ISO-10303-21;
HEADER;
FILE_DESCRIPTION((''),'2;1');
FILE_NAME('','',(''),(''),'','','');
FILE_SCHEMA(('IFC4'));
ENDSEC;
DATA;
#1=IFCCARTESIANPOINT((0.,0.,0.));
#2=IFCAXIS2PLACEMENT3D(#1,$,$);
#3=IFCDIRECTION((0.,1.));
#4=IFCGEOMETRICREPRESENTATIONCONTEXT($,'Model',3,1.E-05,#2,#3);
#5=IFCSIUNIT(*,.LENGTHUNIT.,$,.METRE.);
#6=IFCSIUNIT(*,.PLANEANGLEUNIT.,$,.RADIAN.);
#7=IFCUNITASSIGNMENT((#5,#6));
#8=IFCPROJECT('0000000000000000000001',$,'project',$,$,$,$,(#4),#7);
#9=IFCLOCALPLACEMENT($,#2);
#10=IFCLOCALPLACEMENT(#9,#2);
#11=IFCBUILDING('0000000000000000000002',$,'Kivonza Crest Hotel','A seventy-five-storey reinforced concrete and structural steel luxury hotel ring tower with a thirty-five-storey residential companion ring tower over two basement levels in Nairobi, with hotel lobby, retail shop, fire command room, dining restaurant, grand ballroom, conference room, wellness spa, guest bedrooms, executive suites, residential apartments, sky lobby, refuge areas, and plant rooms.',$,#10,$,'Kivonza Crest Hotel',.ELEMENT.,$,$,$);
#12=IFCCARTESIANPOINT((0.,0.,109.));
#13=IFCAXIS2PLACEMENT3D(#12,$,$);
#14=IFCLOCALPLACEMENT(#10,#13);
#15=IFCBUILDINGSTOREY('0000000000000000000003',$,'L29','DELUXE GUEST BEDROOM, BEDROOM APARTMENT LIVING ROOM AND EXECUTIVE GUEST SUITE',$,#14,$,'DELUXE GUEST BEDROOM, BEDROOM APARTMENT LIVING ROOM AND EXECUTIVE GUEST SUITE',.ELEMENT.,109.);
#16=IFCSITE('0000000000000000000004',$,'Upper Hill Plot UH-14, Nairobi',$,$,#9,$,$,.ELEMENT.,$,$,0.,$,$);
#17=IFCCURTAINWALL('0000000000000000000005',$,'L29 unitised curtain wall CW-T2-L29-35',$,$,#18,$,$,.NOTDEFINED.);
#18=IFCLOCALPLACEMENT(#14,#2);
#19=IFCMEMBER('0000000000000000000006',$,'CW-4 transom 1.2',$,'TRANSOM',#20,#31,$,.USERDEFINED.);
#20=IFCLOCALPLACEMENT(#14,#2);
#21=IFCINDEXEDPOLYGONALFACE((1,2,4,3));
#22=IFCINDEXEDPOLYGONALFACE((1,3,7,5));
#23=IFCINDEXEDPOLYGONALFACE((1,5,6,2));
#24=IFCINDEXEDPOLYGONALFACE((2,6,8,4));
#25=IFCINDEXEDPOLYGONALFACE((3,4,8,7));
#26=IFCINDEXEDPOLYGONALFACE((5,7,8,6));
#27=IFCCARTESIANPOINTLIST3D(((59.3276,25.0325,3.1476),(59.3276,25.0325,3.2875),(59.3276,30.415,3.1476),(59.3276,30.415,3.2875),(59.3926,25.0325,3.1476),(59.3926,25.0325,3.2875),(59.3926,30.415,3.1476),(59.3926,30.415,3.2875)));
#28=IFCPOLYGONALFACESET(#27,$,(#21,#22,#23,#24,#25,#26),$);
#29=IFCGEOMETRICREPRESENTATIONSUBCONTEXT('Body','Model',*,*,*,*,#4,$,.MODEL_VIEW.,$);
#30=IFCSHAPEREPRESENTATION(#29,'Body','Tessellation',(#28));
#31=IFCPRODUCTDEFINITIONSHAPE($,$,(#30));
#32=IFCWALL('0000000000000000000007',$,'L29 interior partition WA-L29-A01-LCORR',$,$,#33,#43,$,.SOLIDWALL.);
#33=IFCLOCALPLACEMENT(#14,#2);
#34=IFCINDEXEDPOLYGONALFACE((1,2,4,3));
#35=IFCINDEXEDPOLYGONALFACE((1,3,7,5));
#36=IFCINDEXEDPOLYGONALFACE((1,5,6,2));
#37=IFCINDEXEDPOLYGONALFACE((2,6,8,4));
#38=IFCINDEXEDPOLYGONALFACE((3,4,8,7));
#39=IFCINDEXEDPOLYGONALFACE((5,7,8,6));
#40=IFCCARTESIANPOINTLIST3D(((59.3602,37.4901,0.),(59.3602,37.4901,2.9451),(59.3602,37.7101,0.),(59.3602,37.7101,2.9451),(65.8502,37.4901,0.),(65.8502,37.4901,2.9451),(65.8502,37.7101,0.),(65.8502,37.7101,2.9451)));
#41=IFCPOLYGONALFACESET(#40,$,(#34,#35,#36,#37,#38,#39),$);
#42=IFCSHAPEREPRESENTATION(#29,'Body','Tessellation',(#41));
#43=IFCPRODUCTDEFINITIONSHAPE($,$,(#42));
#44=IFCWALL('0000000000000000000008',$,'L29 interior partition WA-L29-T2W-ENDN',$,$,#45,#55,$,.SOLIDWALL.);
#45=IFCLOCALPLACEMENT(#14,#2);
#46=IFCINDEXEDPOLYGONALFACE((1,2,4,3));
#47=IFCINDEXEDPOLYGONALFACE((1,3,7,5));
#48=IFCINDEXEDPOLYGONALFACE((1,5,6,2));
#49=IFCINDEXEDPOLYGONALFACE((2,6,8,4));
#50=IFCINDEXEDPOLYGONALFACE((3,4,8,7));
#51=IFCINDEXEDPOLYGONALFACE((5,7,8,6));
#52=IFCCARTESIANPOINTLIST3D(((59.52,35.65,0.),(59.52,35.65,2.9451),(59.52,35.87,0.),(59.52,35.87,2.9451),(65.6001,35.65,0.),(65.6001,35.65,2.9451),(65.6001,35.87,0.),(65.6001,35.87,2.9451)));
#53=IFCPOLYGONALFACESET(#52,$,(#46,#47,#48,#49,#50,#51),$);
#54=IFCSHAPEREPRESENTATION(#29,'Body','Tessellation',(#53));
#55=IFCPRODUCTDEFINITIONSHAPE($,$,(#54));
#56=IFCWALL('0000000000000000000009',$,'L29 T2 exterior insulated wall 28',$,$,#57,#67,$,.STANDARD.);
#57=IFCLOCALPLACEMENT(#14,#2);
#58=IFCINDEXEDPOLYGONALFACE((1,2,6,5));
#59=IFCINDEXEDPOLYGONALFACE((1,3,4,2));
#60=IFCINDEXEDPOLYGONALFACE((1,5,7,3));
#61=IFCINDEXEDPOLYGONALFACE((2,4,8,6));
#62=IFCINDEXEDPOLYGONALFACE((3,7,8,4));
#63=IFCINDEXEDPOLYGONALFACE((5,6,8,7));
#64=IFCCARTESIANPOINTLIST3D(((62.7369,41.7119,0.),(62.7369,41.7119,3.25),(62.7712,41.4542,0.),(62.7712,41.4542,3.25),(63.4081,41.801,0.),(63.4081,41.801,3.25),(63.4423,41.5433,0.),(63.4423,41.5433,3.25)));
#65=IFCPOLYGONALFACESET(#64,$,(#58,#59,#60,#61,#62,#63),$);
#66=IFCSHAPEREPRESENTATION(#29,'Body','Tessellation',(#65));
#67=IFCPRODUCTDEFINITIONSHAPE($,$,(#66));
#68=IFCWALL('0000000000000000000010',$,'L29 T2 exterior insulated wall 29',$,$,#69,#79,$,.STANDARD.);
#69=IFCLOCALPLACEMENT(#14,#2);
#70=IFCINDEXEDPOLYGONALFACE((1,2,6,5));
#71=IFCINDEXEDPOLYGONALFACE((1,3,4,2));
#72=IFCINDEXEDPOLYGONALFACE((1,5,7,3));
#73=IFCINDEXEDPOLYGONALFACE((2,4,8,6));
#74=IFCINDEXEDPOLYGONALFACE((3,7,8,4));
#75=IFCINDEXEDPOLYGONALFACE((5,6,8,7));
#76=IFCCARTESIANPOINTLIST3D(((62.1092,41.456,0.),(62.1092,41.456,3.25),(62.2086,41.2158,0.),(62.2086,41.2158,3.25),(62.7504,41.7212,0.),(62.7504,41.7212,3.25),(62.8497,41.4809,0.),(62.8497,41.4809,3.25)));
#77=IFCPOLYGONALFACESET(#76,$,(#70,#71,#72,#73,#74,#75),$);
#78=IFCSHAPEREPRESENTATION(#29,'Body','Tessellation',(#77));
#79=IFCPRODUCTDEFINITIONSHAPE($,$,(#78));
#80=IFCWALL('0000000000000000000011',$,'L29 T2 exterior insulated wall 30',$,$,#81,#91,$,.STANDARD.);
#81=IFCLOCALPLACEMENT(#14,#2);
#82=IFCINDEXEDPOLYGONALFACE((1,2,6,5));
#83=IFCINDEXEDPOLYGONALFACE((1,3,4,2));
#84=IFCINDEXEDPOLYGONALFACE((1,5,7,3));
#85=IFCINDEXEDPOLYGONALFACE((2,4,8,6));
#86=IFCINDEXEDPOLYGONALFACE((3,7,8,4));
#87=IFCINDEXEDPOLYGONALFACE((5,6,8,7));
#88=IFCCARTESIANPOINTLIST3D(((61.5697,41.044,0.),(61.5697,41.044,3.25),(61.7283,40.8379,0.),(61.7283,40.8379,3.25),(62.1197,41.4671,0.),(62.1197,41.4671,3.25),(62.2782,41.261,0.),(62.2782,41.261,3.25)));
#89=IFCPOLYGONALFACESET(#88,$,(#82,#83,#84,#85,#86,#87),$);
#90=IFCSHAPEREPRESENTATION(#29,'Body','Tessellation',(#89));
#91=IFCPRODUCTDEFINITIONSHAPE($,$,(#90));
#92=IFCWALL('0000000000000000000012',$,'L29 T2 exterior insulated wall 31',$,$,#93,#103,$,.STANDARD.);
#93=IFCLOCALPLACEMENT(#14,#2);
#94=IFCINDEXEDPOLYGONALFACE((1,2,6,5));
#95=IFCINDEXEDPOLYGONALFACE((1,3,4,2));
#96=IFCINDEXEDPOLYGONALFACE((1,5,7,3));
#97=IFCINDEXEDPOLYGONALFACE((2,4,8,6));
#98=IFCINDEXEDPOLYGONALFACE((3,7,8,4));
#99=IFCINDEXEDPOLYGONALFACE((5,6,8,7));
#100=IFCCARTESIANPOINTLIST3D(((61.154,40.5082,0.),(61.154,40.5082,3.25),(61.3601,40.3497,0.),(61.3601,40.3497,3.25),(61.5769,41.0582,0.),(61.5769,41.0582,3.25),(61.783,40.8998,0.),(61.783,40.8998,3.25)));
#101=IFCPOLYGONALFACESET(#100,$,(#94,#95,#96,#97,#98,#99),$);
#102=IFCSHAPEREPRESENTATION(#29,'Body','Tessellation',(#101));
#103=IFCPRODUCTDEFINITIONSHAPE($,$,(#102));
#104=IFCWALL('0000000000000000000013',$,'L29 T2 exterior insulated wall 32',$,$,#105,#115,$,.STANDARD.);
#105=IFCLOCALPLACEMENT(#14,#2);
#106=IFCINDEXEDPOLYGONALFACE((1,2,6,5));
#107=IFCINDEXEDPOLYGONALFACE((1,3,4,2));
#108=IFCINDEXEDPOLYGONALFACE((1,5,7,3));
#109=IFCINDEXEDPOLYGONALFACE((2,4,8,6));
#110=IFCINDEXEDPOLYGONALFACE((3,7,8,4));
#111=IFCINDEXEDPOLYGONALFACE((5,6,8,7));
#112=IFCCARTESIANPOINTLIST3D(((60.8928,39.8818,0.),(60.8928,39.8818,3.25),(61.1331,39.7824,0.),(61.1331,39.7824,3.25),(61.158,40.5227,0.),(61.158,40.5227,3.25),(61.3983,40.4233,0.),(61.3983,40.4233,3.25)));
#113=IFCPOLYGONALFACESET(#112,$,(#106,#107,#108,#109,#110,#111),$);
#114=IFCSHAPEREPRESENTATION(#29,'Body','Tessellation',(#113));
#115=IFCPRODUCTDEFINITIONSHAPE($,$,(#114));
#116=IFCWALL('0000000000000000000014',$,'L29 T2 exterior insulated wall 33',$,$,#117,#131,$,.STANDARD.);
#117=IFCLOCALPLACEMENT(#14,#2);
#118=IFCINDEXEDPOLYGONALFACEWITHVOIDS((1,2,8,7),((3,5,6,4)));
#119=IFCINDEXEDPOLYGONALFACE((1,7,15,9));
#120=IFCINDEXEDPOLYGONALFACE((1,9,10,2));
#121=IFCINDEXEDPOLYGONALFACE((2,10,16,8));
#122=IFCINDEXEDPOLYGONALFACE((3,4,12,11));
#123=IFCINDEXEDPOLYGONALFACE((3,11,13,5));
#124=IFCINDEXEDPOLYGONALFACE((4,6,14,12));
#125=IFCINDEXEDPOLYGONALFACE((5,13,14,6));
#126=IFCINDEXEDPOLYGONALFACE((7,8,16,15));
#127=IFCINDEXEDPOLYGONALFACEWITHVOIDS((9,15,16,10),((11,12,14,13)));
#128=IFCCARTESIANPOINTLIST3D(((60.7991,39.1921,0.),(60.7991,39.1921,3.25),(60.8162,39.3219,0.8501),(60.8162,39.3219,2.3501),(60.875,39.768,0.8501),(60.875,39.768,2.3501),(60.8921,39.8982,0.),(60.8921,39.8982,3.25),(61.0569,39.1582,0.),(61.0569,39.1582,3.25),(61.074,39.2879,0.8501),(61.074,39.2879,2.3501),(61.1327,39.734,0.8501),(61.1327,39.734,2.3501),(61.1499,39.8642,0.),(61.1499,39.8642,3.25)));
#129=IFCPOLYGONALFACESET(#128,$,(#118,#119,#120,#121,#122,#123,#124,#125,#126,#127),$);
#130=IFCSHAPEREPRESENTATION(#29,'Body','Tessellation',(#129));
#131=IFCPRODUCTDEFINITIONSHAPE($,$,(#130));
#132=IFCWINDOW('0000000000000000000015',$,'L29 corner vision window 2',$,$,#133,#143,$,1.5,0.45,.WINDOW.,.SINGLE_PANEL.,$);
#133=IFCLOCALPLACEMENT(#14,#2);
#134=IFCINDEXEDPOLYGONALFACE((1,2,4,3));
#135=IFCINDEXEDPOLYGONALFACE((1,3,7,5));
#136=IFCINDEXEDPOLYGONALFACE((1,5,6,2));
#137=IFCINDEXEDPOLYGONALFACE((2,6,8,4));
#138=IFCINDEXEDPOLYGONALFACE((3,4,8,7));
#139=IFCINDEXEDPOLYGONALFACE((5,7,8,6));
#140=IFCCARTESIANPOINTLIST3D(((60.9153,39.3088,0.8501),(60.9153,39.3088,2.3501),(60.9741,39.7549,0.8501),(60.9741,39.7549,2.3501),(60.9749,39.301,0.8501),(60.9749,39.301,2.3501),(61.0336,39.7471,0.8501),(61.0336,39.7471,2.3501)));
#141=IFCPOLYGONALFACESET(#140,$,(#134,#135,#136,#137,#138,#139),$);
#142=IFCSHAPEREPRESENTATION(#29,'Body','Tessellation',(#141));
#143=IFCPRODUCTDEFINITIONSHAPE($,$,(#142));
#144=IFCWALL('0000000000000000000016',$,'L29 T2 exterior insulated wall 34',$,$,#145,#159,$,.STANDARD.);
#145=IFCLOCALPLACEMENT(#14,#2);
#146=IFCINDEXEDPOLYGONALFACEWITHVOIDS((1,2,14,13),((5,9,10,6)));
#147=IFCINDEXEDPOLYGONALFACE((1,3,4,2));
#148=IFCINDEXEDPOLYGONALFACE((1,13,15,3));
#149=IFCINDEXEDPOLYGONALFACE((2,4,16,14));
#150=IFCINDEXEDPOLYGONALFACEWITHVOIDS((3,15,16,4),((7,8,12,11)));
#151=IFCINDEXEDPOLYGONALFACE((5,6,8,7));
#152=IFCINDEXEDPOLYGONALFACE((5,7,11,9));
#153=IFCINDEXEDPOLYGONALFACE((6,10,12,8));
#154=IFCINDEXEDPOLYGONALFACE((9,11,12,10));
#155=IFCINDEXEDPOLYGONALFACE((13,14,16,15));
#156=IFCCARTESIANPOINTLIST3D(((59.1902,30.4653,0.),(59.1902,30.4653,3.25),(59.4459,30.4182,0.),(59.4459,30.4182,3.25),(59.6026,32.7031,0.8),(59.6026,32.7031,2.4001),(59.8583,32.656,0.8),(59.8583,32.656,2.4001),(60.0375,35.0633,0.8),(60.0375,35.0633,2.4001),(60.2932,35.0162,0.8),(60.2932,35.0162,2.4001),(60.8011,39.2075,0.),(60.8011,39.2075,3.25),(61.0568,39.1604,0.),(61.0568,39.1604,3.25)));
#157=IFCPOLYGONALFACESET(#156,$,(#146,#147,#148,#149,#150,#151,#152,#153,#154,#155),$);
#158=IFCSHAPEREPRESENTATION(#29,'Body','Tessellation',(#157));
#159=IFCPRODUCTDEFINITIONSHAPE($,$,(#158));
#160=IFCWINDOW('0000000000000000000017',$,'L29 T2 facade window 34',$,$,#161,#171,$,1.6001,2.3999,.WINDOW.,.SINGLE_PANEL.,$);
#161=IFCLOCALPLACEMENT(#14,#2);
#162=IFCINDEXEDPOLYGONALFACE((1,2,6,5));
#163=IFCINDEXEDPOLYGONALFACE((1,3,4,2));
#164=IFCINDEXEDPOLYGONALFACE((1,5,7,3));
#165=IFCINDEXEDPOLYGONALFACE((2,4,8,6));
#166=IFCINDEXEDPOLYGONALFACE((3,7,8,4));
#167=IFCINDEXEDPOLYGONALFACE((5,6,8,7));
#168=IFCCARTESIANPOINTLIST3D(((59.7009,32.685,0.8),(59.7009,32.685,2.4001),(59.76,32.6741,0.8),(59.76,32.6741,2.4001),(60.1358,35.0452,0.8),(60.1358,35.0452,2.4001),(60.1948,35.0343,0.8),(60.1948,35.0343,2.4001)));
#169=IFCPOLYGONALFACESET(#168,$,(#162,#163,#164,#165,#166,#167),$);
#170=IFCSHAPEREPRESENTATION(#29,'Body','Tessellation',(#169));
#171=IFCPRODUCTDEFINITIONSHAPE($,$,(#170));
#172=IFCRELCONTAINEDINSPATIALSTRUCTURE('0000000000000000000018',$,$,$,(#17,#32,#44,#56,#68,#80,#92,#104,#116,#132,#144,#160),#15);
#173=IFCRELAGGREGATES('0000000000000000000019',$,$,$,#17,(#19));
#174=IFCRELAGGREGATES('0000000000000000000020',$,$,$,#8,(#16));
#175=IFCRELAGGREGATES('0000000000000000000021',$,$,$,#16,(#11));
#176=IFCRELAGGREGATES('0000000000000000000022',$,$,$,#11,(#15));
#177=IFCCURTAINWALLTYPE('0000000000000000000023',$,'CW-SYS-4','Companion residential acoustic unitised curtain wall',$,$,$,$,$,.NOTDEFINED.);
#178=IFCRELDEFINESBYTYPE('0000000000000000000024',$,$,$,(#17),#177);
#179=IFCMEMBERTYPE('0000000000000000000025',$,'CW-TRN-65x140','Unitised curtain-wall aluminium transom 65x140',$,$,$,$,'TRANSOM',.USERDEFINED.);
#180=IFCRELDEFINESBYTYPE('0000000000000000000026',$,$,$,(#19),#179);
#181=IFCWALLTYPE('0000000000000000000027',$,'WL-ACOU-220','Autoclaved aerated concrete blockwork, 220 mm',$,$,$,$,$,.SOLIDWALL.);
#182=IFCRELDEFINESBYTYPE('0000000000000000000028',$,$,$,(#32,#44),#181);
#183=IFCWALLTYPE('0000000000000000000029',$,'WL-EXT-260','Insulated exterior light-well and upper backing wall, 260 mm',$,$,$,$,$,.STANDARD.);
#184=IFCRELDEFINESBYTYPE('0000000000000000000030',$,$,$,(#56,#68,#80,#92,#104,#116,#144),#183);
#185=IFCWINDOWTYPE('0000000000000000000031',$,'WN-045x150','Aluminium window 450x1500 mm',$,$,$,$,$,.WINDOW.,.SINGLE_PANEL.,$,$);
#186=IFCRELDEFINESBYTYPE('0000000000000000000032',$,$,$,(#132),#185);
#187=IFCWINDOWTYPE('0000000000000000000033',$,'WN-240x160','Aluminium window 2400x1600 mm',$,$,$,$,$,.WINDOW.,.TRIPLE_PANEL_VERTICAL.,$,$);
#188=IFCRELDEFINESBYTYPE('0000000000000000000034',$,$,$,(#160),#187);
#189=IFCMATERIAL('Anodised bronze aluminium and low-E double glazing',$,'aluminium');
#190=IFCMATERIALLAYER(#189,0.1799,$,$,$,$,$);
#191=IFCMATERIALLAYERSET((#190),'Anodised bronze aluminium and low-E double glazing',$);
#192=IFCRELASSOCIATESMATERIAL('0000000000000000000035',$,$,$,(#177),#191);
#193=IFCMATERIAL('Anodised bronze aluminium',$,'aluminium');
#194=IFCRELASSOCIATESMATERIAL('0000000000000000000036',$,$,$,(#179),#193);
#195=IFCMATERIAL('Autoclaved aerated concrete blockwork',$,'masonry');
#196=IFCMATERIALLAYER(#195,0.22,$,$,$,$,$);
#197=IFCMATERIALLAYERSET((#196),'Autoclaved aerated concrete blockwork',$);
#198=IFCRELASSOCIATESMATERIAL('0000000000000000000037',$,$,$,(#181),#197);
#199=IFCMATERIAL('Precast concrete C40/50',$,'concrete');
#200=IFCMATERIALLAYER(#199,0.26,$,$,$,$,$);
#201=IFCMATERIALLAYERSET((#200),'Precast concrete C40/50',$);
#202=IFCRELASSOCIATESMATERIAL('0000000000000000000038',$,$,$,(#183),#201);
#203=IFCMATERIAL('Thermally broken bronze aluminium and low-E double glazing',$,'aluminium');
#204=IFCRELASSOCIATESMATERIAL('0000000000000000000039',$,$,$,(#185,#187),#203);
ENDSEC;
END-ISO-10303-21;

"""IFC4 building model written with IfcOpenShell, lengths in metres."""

from ifc_helpers import new_model, si_unit, direction, frame, frame_2d, origin, origin_2d, place, context, subcontext, project, spatial, rectangle, extrude, material, layer, layer_set, material_profile, profile_set, type_object, element, fill, aggregate, save


model = new_model("IFC4")

# Units and contexts
model_context = context("Model", 3, precision=1e-05, world=origin(), true_north=direction((0.0, 1.0)))
body_context = subcontext(model_context, "Body", "Model", "MODEL_VIEW")
ifc_project = project(units=[si_unit("LENGTHUNIT", "METRE"), si_unit("PLANEANGLEUNIT", "RADIAN")], contexts=[model_context])

# Site, building, storey
site_placement = place(None, origin())
site = spatial("IfcSite", under=ifc_project, at=site_placement, Name="Upper Hill Plot UH-14, Nairobi", CompositionType="ELEMENT", RefElevation=0.0)
building_placement = place(site_placement, origin())
building = spatial("IfcBuilding", under=site, at=building_placement, Name="Kivonza Crest Hotel", Description="A seventy-five-storey reinforced concrete and structural steel luxury hotel ring tower with a thirty-five-storey residential companion ring tower over two basement levels in Nairobi, with hotel lobby, retail shop, fire command room, dining restaurant, grand ballroom, conference room, wellness spa, guest bedrooms, executive suites, residential apartments, sky lobby, refuge areas, and plant rooms.", LongName="Kivonza Crest Hotel", CompositionType="ELEMENT")
storey_placement = place(building_placement, frame((0.0, 0.0, 109.0)))
storey = spatial("IfcBuildingStorey", under=building, at=storey_placement, Name="L29", Description="DELUXE GUEST BEDROOM, BEDROOM APARTMENT LIVING ROOM AND EXECUTIVE GUEST SUITE", LongName="DELUXE GUEST BEDROOM, BEDROOM APARTMENT LIVING ROOM AND EXECUTIVE GUEST SUITE", CompositionType="ELEMENT", Elevation=109.0)

# Curtain wall, member
ifc_material_1 = material(Name="Anodised bronze aluminium and low-E double glazing", Category="aluminium")
ifc_layer_1 = layer(ifc_material_1, 0.1799)
ifc_layer_set_1 = layer_set([ifc_layer_1], Name="Anodised bronze aluminium and low-E double glazing")
curtain_wall_type = type_object("IfcCurtainWallType", Name="CW-SYS-4", Description="Companion residential acoustic unitised curtain wall", PredefinedType="NOTDEFINED", material=ifc_layer_set_1)
curtain_wall_placement = place(storey_placement, origin())
curtain_wall = element("IfcCurtainWall", 1, at=curtain_wall_placement, inside=storey, type_object=curtain_wall_type, Name="L29 unitised curtain wall CW-T2-L29-35", PredefinedType="NOTDEFINED")
ifc_material_2 = material(Name="Anodised bronze aluminium", Category="aluminium")
ifc_material_profile_1 = material_profile(ifc_material_2, rectangle(XDim=0.0649, YDim=0.1399, at=origin_2d()), Name="CW-T 65x140")
ifc_profile_set_1 = profile_set([ifc_material_profile_1], Name="Anodised bronze aluminium")
member_type_1 = type_object("IfcMemberType", Name="CW-TRN-65x140", Description="Unitised curtain-wall aluminium transom 65x140", ElementType="TRANSOM", PredefinedType="USERDEFINED", material=ifc_profile_set_1)
member_1_placement = place(storey_placement, frame((59.3601, 30.415, 3.2175), z_axis=(0.0, -1.0, 0.0), x_axis=(1.0, 0.0, 0.0)))
member_1 = element("IfcMember", 2, at=member_1_placement, type_object=member_type_1, Name="CW-4 transom 1.2", ObjectType="TRANSOM", PredefinedType="USERDEFINED", context=body_context, shape_type="SweptSolid", body=[
    extrude(rectangle(XDim=0.0649, YDim=0.1399, at=origin_2d()), origin(), (0.0, 0.0, 1.0), 5.3826),
])
aggregate(curtain_wall, [member_1])

# Walls
ifc_material_3 = material(Name="Autoclaved aerated concrete blockwork", Category="masonry")
ifc_layer_2 = layer(ifc_material_3, 0.22)
ifc_layer_set_2 = layer_set([ifc_layer_2], Name="Autoclaved aerated concrete blockwork")
wall_type_1 = type_object("IfcWallType", Name="WL-ACOU-220", Description="Autoclaved aerated concrete blockwork, 220 mm", PredefinedType="SOLIDWALL", material=ifc_layer_set_2)
wall_1_placement = place(storey_placement, frame((59.3601, 37.6001, 0.0), z_axis=(0.0, 0.0, 1.0), x_axis=(1.0, 0.0, 0.0)))
element("IfcWall", 3, at=wall_1_placement, inside=storey, type_object=wall_type_1, Name="L29 interior partition WA-L29-A01-LCORR", PredefinedType="SOLIDWALL", context=body_context, shape_type="SweptSolid", body=[
    extrude(rectangle(XDim=6.49, YDim=0.22, at=frame_2d((3.2451, 0.0))), origin(), (0.0, 0.0, 1.0), 2.9451),
])
wall_2_placement = place(storey_placement, frame((59.52, 35.76, 0.0), z_axis=(0.0, 0.0, 1.0), x_axis=(1.0, 0.0, 0.0)))
element("IfcWall", 4, at=wall_2_placement, inside=storey, type_object=wall_type_1, Name="L29 interior partition WA-L29-T2W-ENDN", PredefinedType="SOLIDWALL", context=body_context, shape_type="SweptSolid", body=[
    extrude(rectangle(XDim=6.0801, YDim=0.22, at=frame_2d((3.04, 0.0))), origin(), (0.0, 0.0, 1.0), 2.9451),
])
ifc_material_4 = material(Name="Precast concrete C40/50", Category="concrete")
ifc_layer_3 = layer(ifc_material_4, 0.26)
ifc_layer_set_3 = layer_set([ifc_layer_3], Name="Precast concrete C40/50")
wall_type_2 = type_object("IfcWallType", Name="WL-EXT-260", Description="Insulated exterior light-well and upper backing wall, 260 mm", PredefinedType="STANDARD", material=ifc_layer_set_3)
wall_3_placement = place(storey_placement, frame((63.425, 41.6721, 0.0), z_axis=(0.0, 0.0, 1.0), x_axis=(-0.9913, -0.13162, 0.0)))
element("IfcWall", 5, at=wall_3_placement, inside=storey, type_object=wall_type_2, Name="L29 T2 exterior insulated wall 28", PredefinedType="STANDARD", context=body_context, shape_type="SweptSolid", body=[
    extrude(rectangle(XDim=0.677, YDim=0.26, at=frame_2d((0.3384, 0.0))), origin(), (0.0, 0.0, 1.0), 3.25),
])
for number, where, z_axis, x_axis, name in (
    (6, (62.8, 41.6011, 0.0), (0.0, 0.0, 1.0), (-0.924094, -0.382165, 0.0), "L29 T2 exterior insulated wall 29"),
    (7, (62.199, 41.364, 0.0), (0.0, 0.0, 1.0), (-0.792637, -0.609694, 0.0), "L29 T2 exterior insulated wall 30"),
    (8, (61.6799, 40.979, 0.0), (0.0, 0.0, 1.0), (-0.609473, -0.792807, 0.0), "L29 T2 exterior insulated wall 31"),
):
    element("IfcWall", number, at=place(storey_placement, frame(where, z_axis=z_axis, x_axis=x_axis)), inside=storey, type_object=wall_type_2, Name=name, PredefinedType="STANDARD", context=body_context, shape_type="SweptSolid", body=[
        extrude(rectangle(XDim=0.6938, YDim=0.26, at=frame_2d((0.3469, 0.0))), origin(), (0.0, 0.0, 1.0), 3.25),
    ])
wall_4_placement = place(storey_placement, frame((61.2781, 40.4729, 0.0), z_axis=(0.0, 0.0, 1.0), x_axis=(-0.38229, -0.924043, 0.0)))
element("IfcWall", 9, at=wall_4_placement, inside=storey, type_object=wall_type_2, Name="L29 T2 exterior insulated wall 32", PredefinedType="STANDARD", context=body_context, shape_type="SweptSolid", body=[
    extrude(rectangle(XDim=0.6936, YDim=0.26, at=frame_2d((0.3467, 0.0))), origin(), (0.0, 0.0, 1.0), 3.25),
])

# Walls, openings, windows
wall_5_placement = place(storey_placement, frame((61.021, 39.8811, 0.0), z_axis=(0.0, 0.0, 1.0), x_axis=(-0.130614, -0.991433, 0.0)))
wall_5 = element("IfcWall", 10, at=wall_5_placement, inside=storey, type_object=wall_type_2, Name="L29 T2 exterior insulated wall 33", PredefinedType="STANDARD", context=body_context, shape_type="SweptSolid", body=[
    extrude(rectangle(XDim=0.7122, YDim=0.26, at=frame_2d((0.356, 0.0))), origin(), (0.0, 0.0, 1.0), 3.25),
])
opening_1_placement = place(wall_5_placement, frame((0.1311, 0.0, 0.8501)))
opening_1 = element("IfcOpeningElement", 11, at=opening_1_placement, cuts=wall_5, PredefinedType="OPENING", context=body_context, shape_type="SweptSolid", body=[
    extrude(rectangle(XDim=0.45, YDim=1.5, at=frame_2d((0.2251, 0.75))), frame((0.0, 0.1401, 0.0), z_axis=(0.0, -1.0, 0.0), x_axis=(1.0, 0.0, 0.0)), (0.0, 0.0, 1.0), 0.28),
])
ifc_material_5 = material(Name="Thermally broken bronze aluminium and low-E double glazing", Category="aluminium")
window_type_1 = type_object("IfcWindowType", Name="WN-045x150", Description="Aluminium window 450x1500 mm", PartitioningType="SINGLE_PANEL", PredefinedType="WINDOW", material=ifc_material_5)
window_1_placement = place(opening_1_placement, origin())
window_1 = element("IfcWindow", 12, at=window_1_placement, inside=storey, type_object=window_type_1, Name="L29 corner vision window 2", OverallHeight=1.5, OverallWidth=0.45, PartitioningType="SINGLE_PANEL", PredefinedType="WINDOW", context=body_context, shape_type="SweptSolid", body=[
    extrude(rectangle(XDim=0.45, YDim=1.5, at=frame_2d((0.2251, 0.75))), frame((0.0, 0.03, 0.0), z_axis=(0.0, -1.0, 0.0), x_axis=(1.0, 0.0, 0.0)), (0.0, 0.0, 1.0), 0.0601),
])
fill(opening_1, window_1)
wall_6_placement = place(storey_placement, frame((60.929, 39.1841, 0.0), z_axis=(0.0, 0.0, 1.0), x_axis=(-0.18121, -0.983444, 0.0)))
wall_6 = element("IfcWall", 13, at=wall_6_placement, inside=storey, type_object=wall_type_2, Name="L29 T2 exterior insulated wall 34", PredefinedType="STANDARD", context=body_context, shape_type="SweptSolid", body=[
    extrude(rectangle(XDim=8.8894, YDim=0.26, at=frame_2d((4.4448, 0.0))), origin(), (0.0, 0.0, 1.0), 3.25),
])
opening_2_placement = place(wall_6_placement, frame((4.2141, 0.0, 0.8)))
opening_2 = element("IfcOpeningElement", 14, at=opening_2_placement, cuts=wall_6, PredefinedType="OPENING", context=body_context, shape_type="SweptSolid", body=[
    extrude(rectangle(XDim=2.3999, YDim=1.6001, at=frame_2d((1.2, 0.8))), frame((0.0, 0.1401, 0.0), z_axis=(0.0, -1.0, 0.0), x_axis=(1.0, 0.0, 0.0)), (0.0, 0.0, 1.0), 0.28),
])
window_type_2 = type_object("IfcWindowType", Name="WN-240x160", Description="Aluminium window 2400x1600 mm", PartitioningType="TRIPLE_PANEL_VERTICAL", PredefinedType="WINDOW", material=ifc_material_5)
window_2_placement = place(opening_2_placement, origin())
window_2 = element("IfcWindow", 15, at=window_2_placement, inside=storey, type_object=window_type_2, Name="L29 T2 facade window 34", OverallHeight=1.6001, OverallWidth=2.3999, PartitioningType="SINGLE_PANEL", PredefinedType="WINDOW", context=body_context, shape_type="SweptSolid", body=[
    extrude(rectangle(XDim=2.3999, YDim=1.6001, at=frame_2d((1.2, 0.8))), frame((0.0, 0.03, 0.0), z_axis=(0.0, -1.0, 0.0), x_axis=(1.0, 0.0, 0.0)), (0.0, 0.0, 1.0), 0.0601),
])
fill(opening_2, window_2)

save(model, "model.ifc")
